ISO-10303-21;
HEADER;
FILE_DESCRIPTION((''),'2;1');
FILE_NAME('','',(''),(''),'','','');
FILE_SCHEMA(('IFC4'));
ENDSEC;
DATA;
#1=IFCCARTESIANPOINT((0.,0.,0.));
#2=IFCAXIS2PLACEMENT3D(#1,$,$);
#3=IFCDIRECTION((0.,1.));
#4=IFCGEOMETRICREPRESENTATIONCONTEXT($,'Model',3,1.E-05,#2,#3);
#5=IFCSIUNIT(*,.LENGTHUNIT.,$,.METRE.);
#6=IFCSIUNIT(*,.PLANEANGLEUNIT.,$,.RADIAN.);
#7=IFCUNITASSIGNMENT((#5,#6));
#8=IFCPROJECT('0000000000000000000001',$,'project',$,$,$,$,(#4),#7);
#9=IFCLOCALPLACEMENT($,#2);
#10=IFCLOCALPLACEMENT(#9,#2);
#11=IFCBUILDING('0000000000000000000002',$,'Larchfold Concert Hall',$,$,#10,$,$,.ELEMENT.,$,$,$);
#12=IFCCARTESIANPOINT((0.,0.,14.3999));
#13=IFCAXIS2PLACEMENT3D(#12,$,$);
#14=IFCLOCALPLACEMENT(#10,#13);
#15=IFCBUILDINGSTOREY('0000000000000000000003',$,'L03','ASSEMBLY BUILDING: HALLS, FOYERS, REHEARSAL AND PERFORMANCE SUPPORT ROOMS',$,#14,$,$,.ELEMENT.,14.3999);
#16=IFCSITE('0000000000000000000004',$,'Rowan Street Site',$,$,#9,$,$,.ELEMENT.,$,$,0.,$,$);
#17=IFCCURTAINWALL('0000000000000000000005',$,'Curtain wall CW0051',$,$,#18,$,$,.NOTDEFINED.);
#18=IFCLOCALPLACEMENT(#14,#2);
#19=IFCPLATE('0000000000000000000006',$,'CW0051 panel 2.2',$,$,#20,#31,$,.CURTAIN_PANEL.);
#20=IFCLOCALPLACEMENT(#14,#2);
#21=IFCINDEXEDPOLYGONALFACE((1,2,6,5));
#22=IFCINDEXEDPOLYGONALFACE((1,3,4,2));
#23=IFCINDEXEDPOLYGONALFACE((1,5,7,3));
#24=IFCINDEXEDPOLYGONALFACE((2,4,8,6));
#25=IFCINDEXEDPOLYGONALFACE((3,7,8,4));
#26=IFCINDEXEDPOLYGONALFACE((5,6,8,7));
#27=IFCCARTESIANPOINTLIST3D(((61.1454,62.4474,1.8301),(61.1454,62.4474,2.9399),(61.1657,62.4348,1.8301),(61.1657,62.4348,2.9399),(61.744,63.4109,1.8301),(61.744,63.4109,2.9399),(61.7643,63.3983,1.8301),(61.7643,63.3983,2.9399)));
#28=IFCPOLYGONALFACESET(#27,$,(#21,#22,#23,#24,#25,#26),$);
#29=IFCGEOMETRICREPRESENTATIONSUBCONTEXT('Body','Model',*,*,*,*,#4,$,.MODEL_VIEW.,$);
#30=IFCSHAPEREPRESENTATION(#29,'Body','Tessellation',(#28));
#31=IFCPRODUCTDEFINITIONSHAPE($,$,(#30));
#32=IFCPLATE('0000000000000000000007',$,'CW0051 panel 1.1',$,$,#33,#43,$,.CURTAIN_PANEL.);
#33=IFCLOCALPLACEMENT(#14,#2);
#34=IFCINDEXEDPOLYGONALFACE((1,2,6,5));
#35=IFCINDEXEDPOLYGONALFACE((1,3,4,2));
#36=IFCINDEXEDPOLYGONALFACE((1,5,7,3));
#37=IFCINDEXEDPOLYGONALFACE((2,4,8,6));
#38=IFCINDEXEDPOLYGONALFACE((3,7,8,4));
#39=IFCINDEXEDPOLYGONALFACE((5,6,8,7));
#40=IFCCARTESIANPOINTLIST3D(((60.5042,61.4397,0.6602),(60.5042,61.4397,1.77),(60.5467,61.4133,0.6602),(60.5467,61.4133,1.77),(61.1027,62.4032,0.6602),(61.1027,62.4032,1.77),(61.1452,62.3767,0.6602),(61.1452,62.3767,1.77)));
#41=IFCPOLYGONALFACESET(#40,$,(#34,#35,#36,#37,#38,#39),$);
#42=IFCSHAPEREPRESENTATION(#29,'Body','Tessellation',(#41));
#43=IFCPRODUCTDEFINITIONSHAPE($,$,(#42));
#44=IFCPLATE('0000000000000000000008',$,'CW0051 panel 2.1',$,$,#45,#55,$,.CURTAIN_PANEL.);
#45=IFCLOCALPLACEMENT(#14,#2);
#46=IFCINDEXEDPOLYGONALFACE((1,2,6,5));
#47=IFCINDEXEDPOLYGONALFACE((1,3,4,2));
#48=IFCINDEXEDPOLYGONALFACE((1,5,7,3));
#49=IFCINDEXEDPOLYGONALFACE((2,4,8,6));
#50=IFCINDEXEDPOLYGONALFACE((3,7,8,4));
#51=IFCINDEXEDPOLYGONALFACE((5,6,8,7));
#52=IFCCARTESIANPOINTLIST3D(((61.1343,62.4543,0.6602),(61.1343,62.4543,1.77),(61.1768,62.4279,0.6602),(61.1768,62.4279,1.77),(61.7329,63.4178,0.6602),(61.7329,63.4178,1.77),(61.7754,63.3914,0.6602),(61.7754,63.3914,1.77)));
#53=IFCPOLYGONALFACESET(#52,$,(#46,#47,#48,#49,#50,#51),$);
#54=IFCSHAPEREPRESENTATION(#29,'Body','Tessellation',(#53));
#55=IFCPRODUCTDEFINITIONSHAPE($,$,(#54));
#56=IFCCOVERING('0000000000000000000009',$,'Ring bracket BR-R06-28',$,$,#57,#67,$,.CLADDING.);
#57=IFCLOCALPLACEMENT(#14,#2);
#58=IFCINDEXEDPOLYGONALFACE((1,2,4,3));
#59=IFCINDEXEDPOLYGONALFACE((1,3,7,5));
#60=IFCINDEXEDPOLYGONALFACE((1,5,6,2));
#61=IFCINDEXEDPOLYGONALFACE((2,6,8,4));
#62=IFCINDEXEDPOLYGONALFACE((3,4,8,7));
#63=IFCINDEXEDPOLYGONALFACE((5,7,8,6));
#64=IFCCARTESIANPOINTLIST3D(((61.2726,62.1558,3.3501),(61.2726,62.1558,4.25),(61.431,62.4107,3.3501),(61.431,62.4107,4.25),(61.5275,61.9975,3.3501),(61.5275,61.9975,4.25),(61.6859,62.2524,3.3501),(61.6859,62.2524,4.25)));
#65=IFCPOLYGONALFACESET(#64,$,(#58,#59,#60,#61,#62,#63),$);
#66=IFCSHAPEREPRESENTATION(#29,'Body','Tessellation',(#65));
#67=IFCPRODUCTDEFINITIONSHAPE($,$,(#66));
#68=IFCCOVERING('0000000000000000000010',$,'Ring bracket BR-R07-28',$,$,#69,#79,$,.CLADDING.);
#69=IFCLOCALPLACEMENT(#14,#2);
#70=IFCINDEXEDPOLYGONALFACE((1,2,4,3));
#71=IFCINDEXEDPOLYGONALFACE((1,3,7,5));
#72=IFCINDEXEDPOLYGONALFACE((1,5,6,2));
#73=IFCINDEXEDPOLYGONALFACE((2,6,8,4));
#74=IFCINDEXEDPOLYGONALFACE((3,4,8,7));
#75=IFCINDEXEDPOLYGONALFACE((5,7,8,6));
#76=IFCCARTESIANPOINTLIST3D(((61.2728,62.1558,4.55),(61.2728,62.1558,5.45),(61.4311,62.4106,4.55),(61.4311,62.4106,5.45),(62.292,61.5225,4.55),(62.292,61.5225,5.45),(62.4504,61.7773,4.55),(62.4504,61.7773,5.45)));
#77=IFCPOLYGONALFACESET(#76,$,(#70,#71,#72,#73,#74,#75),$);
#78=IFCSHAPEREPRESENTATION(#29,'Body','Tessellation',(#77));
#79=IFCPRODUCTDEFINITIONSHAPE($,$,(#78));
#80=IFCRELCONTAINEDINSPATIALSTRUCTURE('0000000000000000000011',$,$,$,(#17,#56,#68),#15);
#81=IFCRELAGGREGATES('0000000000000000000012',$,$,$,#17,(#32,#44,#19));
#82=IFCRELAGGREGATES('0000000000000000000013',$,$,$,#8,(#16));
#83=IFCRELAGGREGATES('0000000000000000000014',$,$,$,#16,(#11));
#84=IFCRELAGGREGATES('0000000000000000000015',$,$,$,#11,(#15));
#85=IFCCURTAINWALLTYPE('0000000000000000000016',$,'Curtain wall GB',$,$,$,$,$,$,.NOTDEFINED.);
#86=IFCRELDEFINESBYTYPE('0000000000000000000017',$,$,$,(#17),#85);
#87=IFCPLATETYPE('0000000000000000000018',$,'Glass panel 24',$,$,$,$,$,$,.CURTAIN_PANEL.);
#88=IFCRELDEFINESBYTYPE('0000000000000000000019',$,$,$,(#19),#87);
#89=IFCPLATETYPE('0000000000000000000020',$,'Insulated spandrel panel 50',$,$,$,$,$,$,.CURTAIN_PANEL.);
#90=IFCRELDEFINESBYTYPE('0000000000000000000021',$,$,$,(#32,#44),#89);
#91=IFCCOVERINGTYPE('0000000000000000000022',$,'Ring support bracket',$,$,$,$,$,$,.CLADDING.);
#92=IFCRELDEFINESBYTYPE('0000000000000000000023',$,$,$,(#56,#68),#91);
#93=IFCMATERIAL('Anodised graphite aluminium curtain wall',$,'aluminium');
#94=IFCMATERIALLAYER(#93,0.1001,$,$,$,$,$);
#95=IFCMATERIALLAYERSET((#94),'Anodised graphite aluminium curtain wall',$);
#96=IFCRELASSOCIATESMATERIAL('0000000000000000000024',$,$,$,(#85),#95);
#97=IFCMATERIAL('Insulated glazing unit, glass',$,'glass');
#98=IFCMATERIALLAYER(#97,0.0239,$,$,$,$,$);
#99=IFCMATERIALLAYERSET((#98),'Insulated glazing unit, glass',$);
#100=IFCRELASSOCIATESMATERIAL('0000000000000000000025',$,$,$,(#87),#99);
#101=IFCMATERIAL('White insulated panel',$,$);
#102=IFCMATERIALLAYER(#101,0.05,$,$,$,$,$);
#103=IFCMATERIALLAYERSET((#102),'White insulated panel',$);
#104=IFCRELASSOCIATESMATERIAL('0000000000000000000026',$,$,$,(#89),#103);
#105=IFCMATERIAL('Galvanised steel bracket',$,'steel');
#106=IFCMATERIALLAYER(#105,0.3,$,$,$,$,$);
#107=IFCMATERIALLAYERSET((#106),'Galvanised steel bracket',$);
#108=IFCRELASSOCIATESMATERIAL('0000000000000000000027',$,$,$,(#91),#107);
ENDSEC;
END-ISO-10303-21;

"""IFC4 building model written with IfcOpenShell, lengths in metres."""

from ifc_helpers import new_model, si_unit, direction, frame, origin, origin_2d, place, context, subcontext, project, spatial, rectangle, extrude, material, layer, layer_set, type_object, element, aggregate, save


model = new_model("IFC4")

# Units and contexts
model_context = context("Model", 3, precision=1e-05, world=origin(), true_north=direction((0.0, 1.0)))
body_context = subcontext(model_context, "Body", "Model", "MODEL_VIEW")
ifc_project = project(units=[si_unit("LENGTHUNIT", "METRE"), si_unit("PLANEANGLEUNIT", "RADIAN")], contexts=[model_context])

# Site, building, storey
site_placement = place(None, origin())
site = spatial("IfcSite", under=ifc_project, at=site_placement, Name="Rowan Street Site", CompositionType="ELEMENT", RefElevation=0.0)
building_placement = place(site_placement, origin())
building = spatial("IfcBuilding", under=site, at=building_placement, Name="Larchfold Concert Hall", CompositionType="ELEMENT")
storey_placement = place(building_placement, frame((0.0, 0.0, 14.3999)))
storey = spatial("IfcBuildingStorey", under=building, at=storey_placement, Name="L03", Description="ASSEMBLY BUILDING: HALLS, FOYERS, REHEARSAL AND PERFORMANCE SUPPORT ROOMS", CompositionType="ELEMENT", Elevation=14.3999)

# Curtain wall
ifc_material_1 = material(Name="Anodised graphite aluminium curtain wall", Category="aluminium")
ifc_layer_1 = layer(ifc_material_1, 0.1001)
ifc_layer_set_1 = layer_set([ifc_layer_1], Name="Anodised graphite aluminium curtain wall")
curtain_wall_type = type_object("IfcCurtainWallType", Name="Curtain wall GB", PredefinedType="NOTDEFINED", material=ifc_layer_set_1)
curtain_wall_1_placement = place(storey_placement, origin())
curtain_wall_1 = element("IfcCurtainWall", 1, at=curtain_wall_1_placement, inside=storey, type_object=curtain_wall_type, Name="Curtain wall CW0051", PredefinedType="NOTDEFINED")

# Plates
ifc_material_2 = material(Name="Insulated glazing unit, glass", Category="glass")
ifc_layer_2 = layer(ifc_material_2, 0.0239)
ifc_layer_set_2 = layer_set([ifc_layer_2], Name="Insulated glazing unit, glass")
plate_type_1 = type_object("IfcPlateType", Name="Glass panel 24", PredefinedType="CURTAIN_PANEL", material=ifc_layer_set_2)
plate_1_placement = place(storey_placement, frame((61.4548, 62.9229, 1.8301), z_axis=(0.0, 0.0, 1.0), x_axis=(0.527703, 0.849429, 0.0)))
plate_1 = element("IfcPlate", 2, at=plate_1_placement, type_object=plate_type_1, Name="CW0051 panel 2.2", PredefinedType="CURTAIN_PANEL", context=body_context, shape_type="SweptSolid", body=[
    extrude(rectangle(XDim=1.1343, YDim=0.0239, at=origin_2d()), origin(), (0.0, 0.0, 1.0), 1.1099),
])
ifc_material_3 = material(Name="White insulated panel")
ifc_layer_3 = layer(ifc_material_3, 0.05)
ifc_layer_set_3 = layer_set([ifc_layer_3], Name="White insulated panel")
plate_type_2 = type_object("IfcPlateType", Name="Insulated spandrel panel 50", PredefinedType="CURTAIN_PANEL", material=ifc_layer_set_3)
plate_2_placement = place(storey_placement, frame((60.8247, 61.9082, 0.6602), z_axis=(0.0, 0.0, 1.0), x_axis=(0.527703, 0.849429, 0.0)))
plate_2 = element("IfcPlate", 3, at=plate_2_placement, type_object=plate_type_2, Name="CW0051 panel 1.1", PredefinedType="CURTAIN_PANEL", context=body_context, shape_type="SweptSolid", body=[
    extrude(rectangle(XDim=1.1343, YDim=0.05, at=origin_2d()), origin(), (0.0, 0.0, 1.0), 1.1099),
])
plate_3_placement = place(storey_placement, frame((61.4548, 62.9229, 0.6602), z_axis=(0.0, 0.0, 1.0), x_axis=(0.527703, 0.849429, 0.0)))
plate_3 = element("IfcPlate", 4, at=plate_3_placement, type_object=plate_type_2, Name="CW0051 panel 2.1", PredefinedType="CURTAIN_PANEL", context=body_context, shape_type="SweptSolid", body=[
    extrude(rectangle(XDim=1.1343, YDim=0.05, at=origin_2d()), origin(), (0.0, 0.0, 1.0), 1.1099),
])
aggregate(curtain_wall_1, [plate_2, plate_3, plate_1])

# Coverings
ifc_material_4 = material(Name="Galvanised steel bracket", Category="steel")
ifc_layer_4 = layer(ifc_material_4, 0.3)
ifc_layer_set_4 = layer_set([ifc_layer_4], Name="Galvanised steel bracket")
covering_type = type_object("IfcCoveringType", Name="Ring support bracket", PredefinedType="CLADDING", material=ifc_layer_set_4)
covering_1_placement = place(storey_placement, frame((61.4792, 62.2041, 3.3501), z_axis=(0.0, 0.0, 1.0), x_axis=(0.849391, -0.527764, 0.0)))
element("IfcCovering", 5, at=covering_1_placement, inside=storey, type_object=covering_type, Name="Ring bracket BR-R06-28", PredefinedType="CLADDING", context=body_context, shape_type="SweptSolid", body=[
    extrude(rectangle(XDim=0.3, YDim=0.3, at=origin_2d()), origin(), (0.0, 0.0, 1.0), 0.8999),
])
covering_2_placement = place(storey_placement, frame((61.8616, 61.9666, 4.55), z_axis=(0.0, 0.0, 1.0), x_axis=(0.849391, -0.527764, 0.0)))
element("IfcCovering", 6, at=covering_2_placement, inside=storey, type_object=covering_type, Name="Ring bracket BR-R07-28", PredefinedType="CLADDING", context=body_context, shape_type="SweptSolid", body=[
    extrude(rectangle(XDim=1.2, YDim=0.3, at=origin_2d()), origin(), (0.0, 0.0, 1.0), 0.8999),
])

save(model, "model.ifc")
